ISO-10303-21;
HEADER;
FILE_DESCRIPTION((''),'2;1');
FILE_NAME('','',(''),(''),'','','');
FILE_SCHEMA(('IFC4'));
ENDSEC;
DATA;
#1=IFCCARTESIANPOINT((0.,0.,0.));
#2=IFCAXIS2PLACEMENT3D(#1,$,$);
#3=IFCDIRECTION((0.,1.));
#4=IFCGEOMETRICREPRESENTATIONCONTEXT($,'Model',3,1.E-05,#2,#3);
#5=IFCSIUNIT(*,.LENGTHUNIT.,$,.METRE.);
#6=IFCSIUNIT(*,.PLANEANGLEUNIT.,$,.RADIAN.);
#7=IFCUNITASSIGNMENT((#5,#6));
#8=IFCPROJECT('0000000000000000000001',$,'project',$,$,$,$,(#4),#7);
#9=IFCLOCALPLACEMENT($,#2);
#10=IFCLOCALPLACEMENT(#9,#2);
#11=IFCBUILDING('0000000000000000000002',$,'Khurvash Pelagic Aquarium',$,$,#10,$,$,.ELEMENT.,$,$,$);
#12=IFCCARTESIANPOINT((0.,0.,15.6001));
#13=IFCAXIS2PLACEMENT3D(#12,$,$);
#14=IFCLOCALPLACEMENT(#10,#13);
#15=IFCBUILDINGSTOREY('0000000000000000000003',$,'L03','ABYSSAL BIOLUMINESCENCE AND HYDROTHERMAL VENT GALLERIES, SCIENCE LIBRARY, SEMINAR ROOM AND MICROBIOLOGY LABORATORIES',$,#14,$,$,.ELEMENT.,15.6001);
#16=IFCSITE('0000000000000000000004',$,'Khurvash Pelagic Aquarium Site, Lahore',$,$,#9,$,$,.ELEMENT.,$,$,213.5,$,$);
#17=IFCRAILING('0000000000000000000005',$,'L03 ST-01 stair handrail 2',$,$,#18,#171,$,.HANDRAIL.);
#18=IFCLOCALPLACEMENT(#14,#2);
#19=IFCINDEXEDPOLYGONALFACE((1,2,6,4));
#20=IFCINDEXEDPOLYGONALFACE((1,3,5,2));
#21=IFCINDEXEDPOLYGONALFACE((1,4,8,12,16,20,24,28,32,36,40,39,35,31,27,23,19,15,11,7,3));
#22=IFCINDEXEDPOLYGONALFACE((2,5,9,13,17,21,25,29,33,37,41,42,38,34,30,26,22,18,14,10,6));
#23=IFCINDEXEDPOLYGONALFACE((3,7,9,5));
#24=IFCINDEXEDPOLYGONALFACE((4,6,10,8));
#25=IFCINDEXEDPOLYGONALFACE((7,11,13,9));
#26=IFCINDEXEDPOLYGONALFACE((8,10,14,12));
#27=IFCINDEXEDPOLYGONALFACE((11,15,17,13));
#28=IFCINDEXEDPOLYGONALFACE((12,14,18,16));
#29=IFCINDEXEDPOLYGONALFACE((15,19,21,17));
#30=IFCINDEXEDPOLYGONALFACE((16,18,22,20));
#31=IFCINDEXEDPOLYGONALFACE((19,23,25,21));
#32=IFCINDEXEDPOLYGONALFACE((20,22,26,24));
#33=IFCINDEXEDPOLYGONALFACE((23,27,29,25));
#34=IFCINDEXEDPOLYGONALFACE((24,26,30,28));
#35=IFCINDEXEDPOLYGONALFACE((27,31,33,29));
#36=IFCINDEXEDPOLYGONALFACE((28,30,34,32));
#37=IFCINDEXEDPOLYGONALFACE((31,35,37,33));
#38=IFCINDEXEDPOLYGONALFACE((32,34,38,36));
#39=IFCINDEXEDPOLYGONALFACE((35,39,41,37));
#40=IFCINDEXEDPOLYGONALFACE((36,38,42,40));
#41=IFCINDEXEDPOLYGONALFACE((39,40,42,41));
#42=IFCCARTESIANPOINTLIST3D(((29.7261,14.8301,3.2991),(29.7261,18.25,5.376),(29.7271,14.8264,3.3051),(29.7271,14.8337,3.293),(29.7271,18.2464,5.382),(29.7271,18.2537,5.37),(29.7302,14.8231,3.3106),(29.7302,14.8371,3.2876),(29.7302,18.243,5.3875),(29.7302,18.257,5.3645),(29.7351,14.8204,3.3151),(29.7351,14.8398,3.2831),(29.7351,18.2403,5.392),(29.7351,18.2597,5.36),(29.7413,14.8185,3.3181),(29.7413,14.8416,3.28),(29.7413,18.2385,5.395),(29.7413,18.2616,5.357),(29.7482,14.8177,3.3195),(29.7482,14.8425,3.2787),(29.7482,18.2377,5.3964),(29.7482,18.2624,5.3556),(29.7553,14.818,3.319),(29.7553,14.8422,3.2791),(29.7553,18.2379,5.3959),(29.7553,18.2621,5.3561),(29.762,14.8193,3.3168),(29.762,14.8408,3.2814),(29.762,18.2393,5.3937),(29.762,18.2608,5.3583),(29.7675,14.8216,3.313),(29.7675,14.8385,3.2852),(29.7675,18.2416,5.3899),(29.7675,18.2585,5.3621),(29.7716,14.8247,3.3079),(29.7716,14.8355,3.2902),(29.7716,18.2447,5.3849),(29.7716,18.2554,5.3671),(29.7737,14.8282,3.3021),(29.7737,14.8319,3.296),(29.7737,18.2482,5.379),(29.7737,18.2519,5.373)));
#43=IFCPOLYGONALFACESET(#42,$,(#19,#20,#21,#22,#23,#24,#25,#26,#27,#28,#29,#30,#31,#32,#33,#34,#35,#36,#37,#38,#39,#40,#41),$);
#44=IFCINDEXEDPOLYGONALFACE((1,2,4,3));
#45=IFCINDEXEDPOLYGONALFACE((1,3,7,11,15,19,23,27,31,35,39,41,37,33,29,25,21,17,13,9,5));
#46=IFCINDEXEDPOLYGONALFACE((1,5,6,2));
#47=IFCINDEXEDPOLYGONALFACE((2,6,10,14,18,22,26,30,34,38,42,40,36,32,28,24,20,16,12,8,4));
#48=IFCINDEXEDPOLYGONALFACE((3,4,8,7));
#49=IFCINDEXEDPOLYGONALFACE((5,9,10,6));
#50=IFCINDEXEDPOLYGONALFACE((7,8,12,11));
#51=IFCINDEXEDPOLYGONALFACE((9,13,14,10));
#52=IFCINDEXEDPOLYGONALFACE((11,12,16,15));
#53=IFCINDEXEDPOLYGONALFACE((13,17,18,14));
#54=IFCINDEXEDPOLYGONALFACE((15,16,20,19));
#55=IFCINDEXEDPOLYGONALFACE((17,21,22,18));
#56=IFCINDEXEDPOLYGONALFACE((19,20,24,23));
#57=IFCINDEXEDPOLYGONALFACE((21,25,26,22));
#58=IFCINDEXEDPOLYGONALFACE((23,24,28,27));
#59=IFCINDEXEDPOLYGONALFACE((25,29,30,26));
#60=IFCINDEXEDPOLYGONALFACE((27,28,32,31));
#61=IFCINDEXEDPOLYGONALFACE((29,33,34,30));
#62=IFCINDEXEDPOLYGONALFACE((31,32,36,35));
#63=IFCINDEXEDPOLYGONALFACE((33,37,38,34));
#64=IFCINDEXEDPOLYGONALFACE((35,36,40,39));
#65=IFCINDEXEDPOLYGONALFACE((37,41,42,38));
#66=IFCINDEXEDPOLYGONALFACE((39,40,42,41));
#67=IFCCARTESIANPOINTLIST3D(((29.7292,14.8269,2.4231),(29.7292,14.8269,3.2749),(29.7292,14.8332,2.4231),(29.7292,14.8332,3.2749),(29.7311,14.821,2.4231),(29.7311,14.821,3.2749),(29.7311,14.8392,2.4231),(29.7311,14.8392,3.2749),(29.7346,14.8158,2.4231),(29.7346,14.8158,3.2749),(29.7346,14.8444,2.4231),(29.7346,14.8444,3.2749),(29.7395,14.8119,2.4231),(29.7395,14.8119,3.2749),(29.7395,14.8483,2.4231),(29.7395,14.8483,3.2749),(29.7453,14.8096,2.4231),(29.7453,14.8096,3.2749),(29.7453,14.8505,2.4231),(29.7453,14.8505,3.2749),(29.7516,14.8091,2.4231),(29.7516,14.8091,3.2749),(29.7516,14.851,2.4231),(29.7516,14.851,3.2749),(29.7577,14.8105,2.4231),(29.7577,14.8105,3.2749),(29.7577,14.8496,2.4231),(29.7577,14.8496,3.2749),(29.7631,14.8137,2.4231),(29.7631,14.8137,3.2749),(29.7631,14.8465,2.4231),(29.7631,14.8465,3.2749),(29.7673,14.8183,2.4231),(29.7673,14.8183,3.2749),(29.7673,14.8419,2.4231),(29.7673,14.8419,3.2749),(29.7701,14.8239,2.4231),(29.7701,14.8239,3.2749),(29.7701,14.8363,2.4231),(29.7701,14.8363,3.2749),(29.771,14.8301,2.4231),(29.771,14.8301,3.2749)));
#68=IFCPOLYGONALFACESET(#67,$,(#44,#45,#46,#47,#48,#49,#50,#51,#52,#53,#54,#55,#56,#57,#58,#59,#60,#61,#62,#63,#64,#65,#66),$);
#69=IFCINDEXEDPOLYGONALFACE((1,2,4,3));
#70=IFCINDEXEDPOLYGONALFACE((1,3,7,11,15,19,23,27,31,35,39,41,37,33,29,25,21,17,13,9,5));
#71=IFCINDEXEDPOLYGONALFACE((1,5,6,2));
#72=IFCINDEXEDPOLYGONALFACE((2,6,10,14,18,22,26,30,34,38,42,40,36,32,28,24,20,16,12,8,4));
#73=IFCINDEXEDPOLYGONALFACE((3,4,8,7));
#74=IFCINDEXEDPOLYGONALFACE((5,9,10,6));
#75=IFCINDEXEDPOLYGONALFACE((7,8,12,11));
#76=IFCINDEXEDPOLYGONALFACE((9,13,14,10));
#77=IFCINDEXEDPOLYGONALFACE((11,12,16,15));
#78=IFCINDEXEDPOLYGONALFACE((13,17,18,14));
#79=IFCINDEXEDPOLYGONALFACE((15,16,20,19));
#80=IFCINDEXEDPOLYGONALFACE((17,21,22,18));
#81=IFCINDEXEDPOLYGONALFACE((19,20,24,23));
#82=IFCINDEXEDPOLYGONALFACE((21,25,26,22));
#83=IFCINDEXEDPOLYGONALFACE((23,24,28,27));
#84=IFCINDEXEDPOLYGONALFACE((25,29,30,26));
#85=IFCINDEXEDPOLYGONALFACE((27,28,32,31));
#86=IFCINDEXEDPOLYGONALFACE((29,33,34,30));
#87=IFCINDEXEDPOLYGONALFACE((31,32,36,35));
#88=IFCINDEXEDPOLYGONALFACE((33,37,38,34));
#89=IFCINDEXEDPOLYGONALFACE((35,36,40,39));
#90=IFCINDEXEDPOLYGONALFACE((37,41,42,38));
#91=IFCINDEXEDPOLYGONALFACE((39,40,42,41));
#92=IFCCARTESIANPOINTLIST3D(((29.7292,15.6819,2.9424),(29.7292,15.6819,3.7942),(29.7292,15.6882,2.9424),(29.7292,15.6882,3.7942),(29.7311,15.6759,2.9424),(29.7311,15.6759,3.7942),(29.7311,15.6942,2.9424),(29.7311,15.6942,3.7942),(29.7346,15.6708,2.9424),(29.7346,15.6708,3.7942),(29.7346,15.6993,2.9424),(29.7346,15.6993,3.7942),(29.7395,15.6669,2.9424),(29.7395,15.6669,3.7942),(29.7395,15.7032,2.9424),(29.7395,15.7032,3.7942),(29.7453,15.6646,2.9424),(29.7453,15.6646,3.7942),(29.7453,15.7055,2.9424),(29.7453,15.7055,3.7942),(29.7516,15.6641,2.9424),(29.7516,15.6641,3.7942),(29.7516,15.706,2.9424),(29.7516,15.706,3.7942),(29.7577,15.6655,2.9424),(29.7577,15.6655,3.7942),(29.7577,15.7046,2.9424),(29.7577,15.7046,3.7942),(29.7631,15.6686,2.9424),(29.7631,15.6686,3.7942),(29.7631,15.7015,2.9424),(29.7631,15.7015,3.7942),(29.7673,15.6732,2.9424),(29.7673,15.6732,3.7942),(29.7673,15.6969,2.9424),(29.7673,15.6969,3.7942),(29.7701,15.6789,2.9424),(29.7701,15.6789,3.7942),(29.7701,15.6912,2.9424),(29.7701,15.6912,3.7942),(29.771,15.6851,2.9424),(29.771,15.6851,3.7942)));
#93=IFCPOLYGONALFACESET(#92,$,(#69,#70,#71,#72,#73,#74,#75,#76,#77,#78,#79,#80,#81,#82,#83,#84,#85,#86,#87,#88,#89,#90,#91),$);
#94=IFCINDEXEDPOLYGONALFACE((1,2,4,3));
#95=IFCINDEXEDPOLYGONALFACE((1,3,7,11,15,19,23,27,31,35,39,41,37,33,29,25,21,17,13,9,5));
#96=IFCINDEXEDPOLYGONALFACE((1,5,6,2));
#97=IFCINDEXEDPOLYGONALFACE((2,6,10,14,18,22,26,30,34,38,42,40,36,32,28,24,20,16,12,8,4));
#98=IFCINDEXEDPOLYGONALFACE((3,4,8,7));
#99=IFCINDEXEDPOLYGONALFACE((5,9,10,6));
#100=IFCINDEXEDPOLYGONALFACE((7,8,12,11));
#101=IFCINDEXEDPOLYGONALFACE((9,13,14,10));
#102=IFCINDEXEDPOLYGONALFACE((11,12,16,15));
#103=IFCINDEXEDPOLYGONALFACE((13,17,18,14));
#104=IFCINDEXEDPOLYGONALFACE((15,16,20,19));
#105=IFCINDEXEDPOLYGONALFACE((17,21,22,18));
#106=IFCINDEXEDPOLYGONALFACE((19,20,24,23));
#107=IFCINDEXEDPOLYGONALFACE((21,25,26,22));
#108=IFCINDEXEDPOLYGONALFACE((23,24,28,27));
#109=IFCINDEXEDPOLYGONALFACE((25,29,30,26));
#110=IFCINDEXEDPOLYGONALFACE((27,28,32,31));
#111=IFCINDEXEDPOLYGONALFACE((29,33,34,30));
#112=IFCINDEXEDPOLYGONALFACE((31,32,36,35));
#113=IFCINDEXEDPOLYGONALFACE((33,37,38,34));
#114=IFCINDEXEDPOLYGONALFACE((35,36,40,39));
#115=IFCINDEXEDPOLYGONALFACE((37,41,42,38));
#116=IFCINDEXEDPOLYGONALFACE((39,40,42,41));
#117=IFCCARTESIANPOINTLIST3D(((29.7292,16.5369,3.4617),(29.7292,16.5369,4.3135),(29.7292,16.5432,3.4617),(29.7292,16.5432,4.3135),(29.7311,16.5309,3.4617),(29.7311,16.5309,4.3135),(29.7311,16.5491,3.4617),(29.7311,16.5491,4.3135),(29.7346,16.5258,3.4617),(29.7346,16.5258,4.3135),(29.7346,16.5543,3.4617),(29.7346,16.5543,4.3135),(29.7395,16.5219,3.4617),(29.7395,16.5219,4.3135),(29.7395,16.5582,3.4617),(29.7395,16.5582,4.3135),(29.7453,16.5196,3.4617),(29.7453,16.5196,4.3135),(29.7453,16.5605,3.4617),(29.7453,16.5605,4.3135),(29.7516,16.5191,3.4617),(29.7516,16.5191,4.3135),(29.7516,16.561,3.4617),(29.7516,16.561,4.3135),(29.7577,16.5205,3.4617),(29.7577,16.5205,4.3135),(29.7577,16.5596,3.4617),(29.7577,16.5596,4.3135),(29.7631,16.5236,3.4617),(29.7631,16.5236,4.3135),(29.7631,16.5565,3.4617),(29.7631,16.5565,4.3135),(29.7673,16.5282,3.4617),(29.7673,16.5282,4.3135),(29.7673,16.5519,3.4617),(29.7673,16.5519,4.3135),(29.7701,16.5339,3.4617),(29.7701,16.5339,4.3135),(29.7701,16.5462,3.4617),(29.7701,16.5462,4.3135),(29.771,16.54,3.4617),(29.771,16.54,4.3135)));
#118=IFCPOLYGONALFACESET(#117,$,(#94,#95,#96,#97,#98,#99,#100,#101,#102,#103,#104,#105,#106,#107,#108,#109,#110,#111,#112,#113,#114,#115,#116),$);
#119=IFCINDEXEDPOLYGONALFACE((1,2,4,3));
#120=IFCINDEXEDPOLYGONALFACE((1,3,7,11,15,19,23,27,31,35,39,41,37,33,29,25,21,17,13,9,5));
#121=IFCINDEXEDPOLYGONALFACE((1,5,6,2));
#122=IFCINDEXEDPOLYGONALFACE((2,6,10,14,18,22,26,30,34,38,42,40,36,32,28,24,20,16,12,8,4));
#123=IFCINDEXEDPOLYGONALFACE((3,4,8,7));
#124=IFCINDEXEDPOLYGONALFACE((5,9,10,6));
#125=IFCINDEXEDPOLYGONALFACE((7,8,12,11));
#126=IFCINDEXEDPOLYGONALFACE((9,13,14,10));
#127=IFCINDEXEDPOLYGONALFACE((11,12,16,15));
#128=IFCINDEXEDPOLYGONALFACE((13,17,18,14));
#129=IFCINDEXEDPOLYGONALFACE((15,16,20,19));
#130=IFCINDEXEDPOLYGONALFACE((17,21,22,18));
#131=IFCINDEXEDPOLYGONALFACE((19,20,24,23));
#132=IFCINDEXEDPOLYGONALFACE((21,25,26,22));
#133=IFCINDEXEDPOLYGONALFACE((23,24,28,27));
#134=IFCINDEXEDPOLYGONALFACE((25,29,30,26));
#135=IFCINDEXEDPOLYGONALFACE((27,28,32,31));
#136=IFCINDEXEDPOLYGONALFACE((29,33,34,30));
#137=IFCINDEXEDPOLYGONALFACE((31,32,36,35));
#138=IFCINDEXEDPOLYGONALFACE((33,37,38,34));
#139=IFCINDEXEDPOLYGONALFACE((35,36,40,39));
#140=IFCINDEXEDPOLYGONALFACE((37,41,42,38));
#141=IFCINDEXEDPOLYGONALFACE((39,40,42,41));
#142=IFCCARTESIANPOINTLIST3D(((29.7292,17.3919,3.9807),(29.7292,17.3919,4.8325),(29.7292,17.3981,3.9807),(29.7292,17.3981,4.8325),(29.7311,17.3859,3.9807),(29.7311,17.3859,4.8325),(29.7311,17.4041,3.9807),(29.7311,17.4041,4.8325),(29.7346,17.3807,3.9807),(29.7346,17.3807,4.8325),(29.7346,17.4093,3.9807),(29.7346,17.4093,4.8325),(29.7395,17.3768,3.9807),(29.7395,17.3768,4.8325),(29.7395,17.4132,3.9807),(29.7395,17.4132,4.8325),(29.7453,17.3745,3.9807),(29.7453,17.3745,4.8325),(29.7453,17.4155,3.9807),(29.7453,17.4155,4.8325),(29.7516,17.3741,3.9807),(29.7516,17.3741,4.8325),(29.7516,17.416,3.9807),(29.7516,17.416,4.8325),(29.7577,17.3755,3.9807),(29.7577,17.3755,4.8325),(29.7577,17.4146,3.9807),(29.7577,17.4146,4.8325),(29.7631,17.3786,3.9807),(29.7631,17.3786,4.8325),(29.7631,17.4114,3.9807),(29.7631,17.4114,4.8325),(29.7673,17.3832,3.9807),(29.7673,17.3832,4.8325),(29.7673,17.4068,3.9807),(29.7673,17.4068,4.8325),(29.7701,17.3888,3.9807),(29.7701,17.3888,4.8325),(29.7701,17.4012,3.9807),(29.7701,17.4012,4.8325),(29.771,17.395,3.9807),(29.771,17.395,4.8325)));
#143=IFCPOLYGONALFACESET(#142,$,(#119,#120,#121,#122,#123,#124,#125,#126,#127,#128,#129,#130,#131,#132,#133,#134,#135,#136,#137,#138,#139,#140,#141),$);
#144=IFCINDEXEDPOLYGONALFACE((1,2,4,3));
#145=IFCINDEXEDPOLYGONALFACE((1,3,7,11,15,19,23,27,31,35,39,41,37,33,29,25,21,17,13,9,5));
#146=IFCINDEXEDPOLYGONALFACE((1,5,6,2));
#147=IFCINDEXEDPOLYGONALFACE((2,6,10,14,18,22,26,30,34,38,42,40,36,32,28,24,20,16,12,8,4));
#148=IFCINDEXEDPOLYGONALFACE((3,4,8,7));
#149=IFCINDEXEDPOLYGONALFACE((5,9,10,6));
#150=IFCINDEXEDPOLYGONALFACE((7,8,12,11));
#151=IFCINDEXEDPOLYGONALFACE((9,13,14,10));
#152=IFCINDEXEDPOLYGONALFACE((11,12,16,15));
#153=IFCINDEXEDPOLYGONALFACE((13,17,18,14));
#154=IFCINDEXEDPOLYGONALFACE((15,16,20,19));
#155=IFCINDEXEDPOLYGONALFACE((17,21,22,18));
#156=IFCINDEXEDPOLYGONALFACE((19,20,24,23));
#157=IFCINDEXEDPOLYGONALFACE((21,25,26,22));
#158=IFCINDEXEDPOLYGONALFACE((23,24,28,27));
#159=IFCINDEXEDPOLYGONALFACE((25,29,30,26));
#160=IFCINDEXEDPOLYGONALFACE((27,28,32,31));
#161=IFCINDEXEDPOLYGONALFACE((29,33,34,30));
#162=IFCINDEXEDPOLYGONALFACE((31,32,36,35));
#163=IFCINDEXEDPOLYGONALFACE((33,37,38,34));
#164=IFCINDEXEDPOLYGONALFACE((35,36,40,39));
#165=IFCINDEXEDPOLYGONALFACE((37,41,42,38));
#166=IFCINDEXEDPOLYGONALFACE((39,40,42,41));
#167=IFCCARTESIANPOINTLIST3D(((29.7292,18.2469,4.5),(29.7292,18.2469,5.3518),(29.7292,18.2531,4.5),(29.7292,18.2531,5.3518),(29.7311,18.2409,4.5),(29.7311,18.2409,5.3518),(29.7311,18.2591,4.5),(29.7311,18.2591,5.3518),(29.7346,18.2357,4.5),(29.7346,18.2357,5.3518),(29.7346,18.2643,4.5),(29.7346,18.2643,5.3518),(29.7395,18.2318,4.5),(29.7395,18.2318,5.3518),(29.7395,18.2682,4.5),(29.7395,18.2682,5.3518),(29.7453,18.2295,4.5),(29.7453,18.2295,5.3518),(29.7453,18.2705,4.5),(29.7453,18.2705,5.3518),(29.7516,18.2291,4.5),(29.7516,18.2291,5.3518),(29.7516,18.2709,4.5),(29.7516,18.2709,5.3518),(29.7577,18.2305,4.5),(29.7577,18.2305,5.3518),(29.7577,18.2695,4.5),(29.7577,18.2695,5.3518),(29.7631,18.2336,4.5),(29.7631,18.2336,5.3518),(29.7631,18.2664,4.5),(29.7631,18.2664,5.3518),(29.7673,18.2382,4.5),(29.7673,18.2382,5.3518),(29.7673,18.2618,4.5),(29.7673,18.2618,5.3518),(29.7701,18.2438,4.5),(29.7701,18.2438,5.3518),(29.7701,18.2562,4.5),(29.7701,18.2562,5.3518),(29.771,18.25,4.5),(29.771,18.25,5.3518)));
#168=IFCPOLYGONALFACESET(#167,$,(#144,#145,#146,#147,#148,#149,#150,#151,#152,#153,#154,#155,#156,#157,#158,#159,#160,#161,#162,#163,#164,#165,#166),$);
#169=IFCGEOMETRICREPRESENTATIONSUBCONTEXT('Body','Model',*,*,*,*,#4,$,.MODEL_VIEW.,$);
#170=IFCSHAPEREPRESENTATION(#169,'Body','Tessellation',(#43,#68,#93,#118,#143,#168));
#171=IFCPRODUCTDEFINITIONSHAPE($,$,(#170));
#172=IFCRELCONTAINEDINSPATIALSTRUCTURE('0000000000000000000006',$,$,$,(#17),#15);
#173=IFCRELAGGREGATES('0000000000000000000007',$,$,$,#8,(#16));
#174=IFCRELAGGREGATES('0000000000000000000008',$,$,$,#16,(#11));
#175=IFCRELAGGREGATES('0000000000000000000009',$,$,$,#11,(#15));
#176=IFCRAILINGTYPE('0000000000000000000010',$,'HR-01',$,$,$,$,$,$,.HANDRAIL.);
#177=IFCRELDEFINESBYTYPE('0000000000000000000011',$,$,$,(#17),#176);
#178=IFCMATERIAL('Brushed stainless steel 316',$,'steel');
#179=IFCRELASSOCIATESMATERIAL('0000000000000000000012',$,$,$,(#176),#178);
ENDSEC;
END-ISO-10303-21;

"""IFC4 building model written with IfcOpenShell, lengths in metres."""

from ifc_helpers import new_model, si_unit, direction, frame, origin, origin_2d, place, context, subcontext, project, spatial, circle, extrude, material, type_object, element, save


model = new_model("IFC4")

# Units and contexts
model_context = context("Model", 3, precision=1e-05, world=origin(), true_north=direction((0.0, 1.0)))
body_context = subcontext(model_context, "Body", "Model", "MODEL_VIEW")
ifc_project = project(units=[si_unit("LENGTHUNIT", "METRE"), si_unit("PLANEANGLEUNIT", "RADIAN")], contexts=[model_context])

# Site, building, storey
site_placement = place(None, origin())
site = spatial("IfcSite", under=ifc_project, at=site_placement, Name="Khurvash Pelagic Aquarium Site, Lahore", CompositionType="ELEMENT", RefElevation=213.5)
building_placement = place(site_placement, origin())
building = spatial("IfcBuilding", under=site, at=building_placement, Name="Khurvash Pelagic Aquarium", CompositionType="ELEMENT")
storey_placement = place(building_placement, frame((0.0, 0.0, 15.6001)))
storey = spatial("IfcBuildingStorey", under=building, at=storey_placement, Name="L03", Description="ABYSSAL BIOLUMINESCENCE AND HYDROTHERMAL VENT GALLERIES, SCIENCE LIBRARY, SEMINAR ROOM AND MICROBIOLOGY LABORATORIES", CompositionType="ELEMENT", Elevation=15.6001)

# Railing
ifc_material_1 = material(Name="Brushed stainless steel 316", Category="steel")
railing_type_1 = type_object("IfcRailingType", Name="HR-01", PredefinedType="HANDRAIL", material=ifc_material_1)
railing_1_placement = place(storey_placement, frame((29.75, 14.8301, 2.4231)))
element("IfcRailing", 1, at=railing_1_placement, inside=storey, type_object=railing_type_1, Name="L03 ST-01 stair handrail 2", PredefinedType="HANDRAIL", context=body_context, shape_type="SweptSolid", body=[
    extrude(circle(Radius=0.0239, at=origin_2d()), frame((0.0, 0.0, 0.876), z_axis=(0.0, 0.85473, 0.519074), x_axis=(-1.0, 0.0, 0.0)), (0.0, 0.0, 1.0), 4.0012),
    extrude(circle(Radius=0.021, at=origin_2d()), origin(), (0.0, 0.0, 1.0), 0.8518),
    extrude(circle(Radius=0.021, at=origin_2d()), frame((0.0, 0.855, 0.5193)), (0.0, 0.0, 1.0), 0.8518),
    extrude(circle(Radius=0.021, at=origin_2d()), frame((0.0, 1.71, 1.0386)), (0.0, 0.0, 1.0), 0.8518),
    extrude(circle(Radius=0.021, at=origin_2d()), frame((0.0, 2.5649, 1.5576)), (0.0, 0.0, 1.0), 0.8518),
    extrude(circle(Radius=0.021, at=origin_2d()), frame((0.0, 3.4199, 2.0769)), (0.0, 0.0, 1.0), 0.8518),
])

save(model, "model.ifc")
